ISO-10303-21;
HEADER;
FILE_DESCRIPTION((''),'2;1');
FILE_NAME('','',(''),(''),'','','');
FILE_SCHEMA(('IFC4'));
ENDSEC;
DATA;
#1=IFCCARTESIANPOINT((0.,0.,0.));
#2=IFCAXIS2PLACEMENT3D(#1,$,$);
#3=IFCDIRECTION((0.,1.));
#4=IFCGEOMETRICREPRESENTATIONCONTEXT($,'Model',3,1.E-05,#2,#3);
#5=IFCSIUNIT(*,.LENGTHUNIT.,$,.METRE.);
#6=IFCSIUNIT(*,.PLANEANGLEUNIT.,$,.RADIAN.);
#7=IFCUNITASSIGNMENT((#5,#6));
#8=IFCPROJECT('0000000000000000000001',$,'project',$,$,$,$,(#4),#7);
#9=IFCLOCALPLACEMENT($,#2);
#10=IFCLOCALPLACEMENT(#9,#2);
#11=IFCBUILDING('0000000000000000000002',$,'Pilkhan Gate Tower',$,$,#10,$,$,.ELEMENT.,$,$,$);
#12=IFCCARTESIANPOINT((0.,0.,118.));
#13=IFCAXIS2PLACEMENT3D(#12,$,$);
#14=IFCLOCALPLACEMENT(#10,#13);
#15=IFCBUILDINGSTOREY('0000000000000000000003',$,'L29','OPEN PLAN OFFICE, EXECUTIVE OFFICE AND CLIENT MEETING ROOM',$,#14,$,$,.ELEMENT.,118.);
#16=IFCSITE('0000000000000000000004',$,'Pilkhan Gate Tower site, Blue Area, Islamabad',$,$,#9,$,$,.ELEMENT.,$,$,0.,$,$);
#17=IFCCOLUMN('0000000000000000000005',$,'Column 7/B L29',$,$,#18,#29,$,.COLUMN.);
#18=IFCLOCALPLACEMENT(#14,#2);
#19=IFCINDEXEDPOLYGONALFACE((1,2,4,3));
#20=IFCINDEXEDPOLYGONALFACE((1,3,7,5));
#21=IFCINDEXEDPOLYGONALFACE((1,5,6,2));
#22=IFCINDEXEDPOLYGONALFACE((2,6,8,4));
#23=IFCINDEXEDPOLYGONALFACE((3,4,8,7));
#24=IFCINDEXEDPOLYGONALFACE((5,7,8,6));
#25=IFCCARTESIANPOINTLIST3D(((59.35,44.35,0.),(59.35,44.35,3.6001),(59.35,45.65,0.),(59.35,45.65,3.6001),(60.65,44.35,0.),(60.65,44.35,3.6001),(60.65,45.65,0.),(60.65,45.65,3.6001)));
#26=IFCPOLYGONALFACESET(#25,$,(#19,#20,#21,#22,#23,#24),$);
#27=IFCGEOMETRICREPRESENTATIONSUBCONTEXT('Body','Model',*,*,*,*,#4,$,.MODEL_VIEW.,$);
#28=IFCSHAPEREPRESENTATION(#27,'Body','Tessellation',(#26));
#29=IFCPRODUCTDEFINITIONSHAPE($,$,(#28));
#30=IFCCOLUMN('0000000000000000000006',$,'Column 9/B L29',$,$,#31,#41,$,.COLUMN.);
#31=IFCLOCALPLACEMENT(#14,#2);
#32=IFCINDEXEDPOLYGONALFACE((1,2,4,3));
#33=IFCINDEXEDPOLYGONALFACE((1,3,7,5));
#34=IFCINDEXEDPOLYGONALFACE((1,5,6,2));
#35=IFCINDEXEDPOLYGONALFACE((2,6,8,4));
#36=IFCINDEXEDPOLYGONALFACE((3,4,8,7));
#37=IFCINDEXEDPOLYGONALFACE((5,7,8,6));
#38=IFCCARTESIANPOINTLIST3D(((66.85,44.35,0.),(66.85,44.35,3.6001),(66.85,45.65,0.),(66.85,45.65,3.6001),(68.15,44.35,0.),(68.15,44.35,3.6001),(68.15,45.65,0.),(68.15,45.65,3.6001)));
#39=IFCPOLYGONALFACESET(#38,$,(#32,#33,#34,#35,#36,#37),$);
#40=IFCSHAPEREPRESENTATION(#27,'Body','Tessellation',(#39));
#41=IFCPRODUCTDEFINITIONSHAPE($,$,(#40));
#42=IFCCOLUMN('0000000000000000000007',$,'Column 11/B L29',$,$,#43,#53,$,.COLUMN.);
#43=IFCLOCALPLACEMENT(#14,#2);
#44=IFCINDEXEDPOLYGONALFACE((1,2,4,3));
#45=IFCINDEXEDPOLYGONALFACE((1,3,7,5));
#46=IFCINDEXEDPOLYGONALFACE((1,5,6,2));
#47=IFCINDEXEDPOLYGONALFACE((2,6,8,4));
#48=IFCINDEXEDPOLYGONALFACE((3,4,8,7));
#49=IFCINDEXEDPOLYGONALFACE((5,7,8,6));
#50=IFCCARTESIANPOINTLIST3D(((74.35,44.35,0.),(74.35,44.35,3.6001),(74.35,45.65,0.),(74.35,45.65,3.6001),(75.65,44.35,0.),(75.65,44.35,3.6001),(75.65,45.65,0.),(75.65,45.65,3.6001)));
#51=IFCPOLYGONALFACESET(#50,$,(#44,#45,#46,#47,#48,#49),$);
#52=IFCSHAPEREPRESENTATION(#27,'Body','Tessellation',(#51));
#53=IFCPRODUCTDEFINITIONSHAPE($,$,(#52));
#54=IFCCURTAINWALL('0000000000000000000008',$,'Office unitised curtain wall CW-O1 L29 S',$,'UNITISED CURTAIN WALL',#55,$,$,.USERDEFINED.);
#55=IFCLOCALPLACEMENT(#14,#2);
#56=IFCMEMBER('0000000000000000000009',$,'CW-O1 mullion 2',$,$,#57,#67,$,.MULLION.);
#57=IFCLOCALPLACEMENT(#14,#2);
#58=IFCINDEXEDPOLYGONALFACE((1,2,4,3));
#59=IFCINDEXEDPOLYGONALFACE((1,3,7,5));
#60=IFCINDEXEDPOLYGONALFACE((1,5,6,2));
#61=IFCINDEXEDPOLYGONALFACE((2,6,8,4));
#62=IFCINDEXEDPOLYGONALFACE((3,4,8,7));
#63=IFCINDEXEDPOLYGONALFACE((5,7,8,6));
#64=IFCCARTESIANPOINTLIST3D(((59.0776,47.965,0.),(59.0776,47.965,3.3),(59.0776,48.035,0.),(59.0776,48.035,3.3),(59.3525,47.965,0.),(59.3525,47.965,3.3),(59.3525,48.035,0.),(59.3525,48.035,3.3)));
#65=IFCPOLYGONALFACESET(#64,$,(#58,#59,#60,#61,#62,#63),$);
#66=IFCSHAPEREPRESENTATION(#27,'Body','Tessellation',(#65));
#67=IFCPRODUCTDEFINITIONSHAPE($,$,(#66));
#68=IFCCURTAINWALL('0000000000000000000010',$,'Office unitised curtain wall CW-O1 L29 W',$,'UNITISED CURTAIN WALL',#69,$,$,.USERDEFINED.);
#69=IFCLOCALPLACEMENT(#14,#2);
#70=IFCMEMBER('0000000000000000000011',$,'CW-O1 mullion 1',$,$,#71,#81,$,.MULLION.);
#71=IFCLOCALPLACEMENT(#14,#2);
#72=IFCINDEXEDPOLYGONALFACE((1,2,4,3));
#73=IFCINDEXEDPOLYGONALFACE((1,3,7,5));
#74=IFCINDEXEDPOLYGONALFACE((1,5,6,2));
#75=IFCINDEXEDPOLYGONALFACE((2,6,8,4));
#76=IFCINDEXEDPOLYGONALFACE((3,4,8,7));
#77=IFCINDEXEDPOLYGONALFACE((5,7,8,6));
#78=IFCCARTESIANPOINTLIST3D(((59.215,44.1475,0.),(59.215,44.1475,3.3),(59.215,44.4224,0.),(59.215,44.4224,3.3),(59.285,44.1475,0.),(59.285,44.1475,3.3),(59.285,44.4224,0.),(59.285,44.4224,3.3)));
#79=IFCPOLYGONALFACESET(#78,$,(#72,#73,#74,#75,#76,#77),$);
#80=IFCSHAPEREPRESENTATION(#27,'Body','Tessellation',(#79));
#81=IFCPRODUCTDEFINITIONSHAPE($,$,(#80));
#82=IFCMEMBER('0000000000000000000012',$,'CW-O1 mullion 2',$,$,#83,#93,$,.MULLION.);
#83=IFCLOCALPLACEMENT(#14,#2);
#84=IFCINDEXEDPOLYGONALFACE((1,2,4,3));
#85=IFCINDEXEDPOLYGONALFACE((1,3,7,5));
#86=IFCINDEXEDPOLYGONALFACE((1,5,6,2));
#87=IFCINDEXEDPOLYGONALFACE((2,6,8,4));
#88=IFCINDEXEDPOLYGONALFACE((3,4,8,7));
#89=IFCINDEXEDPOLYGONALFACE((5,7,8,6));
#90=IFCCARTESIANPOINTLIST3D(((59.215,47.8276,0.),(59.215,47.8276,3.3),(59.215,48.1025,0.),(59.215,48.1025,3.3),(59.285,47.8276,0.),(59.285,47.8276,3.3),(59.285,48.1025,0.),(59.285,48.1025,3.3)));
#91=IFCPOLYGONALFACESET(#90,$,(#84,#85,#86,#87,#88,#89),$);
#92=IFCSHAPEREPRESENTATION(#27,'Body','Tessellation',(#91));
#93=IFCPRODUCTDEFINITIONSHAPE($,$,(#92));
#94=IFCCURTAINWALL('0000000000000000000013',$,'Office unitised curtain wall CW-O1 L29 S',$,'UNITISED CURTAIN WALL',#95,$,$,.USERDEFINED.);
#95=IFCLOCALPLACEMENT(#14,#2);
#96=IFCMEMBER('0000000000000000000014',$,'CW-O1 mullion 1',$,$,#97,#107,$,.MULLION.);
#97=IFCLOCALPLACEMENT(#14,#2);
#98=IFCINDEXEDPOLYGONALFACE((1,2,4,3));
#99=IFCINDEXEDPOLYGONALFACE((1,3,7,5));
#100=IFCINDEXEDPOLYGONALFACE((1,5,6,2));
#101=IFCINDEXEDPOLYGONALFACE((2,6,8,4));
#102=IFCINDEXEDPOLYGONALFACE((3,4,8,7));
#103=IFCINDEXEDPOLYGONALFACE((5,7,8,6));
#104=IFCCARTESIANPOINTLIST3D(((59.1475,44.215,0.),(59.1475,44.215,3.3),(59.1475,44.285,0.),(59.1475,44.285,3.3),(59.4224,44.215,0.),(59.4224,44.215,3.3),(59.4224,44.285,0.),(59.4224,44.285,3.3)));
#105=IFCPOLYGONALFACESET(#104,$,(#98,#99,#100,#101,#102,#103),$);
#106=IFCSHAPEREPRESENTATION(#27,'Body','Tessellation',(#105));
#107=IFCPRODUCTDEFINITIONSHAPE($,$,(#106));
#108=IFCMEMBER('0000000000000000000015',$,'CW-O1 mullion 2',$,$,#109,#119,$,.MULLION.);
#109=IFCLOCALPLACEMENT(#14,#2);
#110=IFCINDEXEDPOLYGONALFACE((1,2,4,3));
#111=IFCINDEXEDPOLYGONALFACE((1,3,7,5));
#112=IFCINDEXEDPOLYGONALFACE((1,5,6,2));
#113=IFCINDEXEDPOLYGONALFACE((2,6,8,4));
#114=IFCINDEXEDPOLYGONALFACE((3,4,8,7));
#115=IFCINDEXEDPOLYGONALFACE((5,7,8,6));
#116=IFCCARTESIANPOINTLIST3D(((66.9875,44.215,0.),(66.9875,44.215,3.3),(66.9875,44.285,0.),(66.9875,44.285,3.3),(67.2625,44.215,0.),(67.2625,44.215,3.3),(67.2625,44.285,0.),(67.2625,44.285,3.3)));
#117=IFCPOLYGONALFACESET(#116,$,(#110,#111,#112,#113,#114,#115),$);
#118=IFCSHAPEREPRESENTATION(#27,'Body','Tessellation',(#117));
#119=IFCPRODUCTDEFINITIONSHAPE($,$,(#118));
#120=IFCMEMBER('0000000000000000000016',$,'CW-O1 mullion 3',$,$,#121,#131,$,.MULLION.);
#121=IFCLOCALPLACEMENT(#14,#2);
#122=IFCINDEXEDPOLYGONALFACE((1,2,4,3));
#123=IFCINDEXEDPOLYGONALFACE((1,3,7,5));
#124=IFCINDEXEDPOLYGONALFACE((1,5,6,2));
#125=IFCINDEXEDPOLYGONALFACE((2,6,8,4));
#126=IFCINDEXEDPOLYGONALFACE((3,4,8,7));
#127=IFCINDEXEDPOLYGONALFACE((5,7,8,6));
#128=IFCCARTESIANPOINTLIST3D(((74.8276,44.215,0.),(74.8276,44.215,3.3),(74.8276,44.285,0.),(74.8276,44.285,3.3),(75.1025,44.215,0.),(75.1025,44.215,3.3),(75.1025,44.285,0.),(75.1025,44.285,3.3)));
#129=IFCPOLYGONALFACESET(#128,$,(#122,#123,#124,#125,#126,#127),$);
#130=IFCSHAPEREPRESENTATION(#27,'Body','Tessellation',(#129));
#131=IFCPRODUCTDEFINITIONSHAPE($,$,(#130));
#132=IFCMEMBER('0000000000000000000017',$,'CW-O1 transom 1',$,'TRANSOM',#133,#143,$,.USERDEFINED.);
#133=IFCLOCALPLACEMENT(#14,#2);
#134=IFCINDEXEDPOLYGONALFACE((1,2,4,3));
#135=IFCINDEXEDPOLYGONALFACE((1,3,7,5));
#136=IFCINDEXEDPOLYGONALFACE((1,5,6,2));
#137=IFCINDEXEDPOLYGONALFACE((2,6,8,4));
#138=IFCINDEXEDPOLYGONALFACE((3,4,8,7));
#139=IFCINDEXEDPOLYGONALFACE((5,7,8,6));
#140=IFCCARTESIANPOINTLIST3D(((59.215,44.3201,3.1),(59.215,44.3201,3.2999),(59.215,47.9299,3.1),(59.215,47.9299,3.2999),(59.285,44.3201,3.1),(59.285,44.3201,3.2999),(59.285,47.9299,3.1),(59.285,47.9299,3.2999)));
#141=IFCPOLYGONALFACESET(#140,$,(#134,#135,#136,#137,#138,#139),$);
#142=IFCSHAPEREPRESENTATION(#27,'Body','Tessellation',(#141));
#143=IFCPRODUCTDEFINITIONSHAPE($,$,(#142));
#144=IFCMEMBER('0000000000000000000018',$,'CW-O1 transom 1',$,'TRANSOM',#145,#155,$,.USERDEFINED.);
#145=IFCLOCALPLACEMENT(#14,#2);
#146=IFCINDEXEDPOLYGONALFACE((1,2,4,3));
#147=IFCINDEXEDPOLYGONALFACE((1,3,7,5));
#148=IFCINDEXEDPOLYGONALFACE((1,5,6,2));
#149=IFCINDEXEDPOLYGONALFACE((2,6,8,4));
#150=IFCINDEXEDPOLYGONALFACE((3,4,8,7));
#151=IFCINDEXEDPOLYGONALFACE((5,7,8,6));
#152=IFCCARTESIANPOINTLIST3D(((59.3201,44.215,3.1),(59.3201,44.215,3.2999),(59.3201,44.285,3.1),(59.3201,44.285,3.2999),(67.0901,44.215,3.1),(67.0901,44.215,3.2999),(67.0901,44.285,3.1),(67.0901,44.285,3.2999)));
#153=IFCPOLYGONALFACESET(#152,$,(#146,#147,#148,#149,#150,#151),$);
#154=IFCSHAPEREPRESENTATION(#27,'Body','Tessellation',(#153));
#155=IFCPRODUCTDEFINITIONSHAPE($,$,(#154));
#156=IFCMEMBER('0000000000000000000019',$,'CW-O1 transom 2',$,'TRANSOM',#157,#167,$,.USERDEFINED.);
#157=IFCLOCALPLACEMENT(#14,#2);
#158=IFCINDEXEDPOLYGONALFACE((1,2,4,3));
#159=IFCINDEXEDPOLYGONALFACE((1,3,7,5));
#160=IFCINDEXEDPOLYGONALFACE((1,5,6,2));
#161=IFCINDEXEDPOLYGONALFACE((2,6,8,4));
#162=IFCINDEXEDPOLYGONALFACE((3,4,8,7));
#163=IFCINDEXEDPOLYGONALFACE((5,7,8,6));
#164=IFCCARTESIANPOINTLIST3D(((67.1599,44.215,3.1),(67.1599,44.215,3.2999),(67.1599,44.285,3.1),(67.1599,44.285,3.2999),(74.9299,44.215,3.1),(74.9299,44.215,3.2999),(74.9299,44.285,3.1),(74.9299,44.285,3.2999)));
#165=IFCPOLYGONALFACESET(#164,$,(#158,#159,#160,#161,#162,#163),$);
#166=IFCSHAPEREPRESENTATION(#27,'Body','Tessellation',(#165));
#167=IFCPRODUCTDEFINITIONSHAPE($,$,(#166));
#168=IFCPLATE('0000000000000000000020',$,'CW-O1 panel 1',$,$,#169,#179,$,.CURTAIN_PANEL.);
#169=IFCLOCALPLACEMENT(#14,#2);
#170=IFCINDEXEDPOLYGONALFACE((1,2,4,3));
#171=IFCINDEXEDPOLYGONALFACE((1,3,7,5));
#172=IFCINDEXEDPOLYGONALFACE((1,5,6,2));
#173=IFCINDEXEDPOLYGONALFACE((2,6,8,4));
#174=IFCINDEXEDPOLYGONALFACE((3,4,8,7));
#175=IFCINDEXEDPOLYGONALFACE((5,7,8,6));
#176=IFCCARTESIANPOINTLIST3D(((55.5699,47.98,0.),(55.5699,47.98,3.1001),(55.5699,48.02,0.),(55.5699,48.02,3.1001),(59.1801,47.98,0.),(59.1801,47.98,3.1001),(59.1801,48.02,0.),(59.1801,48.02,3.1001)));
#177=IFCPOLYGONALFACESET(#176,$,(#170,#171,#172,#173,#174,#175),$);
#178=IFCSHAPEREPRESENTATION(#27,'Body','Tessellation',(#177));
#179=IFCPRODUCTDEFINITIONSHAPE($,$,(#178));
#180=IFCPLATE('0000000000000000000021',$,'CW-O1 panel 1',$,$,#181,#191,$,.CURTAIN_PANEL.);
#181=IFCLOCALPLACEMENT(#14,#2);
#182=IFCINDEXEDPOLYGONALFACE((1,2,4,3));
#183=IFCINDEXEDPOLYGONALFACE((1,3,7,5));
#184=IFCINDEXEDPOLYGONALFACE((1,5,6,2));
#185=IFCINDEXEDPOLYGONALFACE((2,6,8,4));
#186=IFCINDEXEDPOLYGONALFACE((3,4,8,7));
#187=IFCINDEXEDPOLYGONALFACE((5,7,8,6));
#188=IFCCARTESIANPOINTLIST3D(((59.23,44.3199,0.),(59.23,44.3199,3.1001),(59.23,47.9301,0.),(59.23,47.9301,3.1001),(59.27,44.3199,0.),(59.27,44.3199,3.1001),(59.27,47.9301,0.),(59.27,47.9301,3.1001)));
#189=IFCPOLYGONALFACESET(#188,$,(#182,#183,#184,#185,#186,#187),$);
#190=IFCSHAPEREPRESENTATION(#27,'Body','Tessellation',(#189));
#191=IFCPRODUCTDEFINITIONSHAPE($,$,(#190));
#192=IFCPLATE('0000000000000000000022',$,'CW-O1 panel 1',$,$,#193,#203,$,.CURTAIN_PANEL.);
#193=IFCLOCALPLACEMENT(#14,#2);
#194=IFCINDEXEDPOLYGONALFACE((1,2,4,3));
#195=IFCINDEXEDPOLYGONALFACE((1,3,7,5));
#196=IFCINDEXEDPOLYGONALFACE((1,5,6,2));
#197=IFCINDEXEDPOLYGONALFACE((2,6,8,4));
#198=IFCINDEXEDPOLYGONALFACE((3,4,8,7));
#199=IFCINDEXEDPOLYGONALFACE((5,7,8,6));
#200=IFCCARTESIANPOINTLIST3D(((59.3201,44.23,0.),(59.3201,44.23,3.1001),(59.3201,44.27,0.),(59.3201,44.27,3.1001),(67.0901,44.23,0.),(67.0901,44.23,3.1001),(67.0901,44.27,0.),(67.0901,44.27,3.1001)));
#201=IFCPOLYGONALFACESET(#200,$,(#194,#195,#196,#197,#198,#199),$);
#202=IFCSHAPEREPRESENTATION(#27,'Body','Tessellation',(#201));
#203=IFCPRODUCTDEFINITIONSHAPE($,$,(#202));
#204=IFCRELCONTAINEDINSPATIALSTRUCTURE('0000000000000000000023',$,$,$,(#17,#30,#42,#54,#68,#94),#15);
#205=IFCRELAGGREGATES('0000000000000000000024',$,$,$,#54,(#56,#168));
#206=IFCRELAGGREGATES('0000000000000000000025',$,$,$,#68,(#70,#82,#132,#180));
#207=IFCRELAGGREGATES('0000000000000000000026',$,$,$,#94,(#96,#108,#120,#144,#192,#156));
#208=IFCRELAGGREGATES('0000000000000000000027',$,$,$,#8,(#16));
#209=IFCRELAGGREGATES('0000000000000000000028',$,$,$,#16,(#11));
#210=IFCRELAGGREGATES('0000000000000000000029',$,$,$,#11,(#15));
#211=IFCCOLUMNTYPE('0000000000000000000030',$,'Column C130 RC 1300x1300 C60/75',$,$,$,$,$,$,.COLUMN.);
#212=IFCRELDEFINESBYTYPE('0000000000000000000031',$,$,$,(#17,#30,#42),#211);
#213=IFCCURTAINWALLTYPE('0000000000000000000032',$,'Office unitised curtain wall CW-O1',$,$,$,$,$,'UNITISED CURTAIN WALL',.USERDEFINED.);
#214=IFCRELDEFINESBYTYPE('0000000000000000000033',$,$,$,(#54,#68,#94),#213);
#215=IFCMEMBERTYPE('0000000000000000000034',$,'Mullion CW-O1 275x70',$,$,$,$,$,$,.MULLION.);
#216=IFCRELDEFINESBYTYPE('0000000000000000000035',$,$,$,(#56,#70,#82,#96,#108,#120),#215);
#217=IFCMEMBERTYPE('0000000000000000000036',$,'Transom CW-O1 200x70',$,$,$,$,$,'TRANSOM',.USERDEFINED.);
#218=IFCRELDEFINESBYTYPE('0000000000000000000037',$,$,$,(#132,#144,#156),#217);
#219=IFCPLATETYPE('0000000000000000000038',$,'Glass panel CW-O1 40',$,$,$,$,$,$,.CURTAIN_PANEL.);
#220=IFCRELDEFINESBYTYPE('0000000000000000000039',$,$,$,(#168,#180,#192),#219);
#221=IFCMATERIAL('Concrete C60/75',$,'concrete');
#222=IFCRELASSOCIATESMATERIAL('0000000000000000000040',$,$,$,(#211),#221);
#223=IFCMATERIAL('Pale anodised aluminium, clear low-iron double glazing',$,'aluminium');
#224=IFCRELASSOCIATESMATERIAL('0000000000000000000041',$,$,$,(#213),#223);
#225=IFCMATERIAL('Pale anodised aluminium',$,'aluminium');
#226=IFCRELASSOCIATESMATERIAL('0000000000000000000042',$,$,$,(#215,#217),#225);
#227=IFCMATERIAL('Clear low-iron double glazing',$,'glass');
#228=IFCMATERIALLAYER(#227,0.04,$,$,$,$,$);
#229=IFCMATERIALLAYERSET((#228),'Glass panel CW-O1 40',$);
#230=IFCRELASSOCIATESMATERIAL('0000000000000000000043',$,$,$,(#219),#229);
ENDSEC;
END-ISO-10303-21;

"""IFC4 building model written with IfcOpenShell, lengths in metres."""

from ifc_helpers import new_model, si_unit, direction, frame, origin, origin_2d, place, context, subcontext, project, spatial, rectangle, extrude, material, layer, layer_set, material_profile, profile_set, type_object, element, aggregate, save


model = new_model("IFC4")

# Units and contexts
model_context = context("Model", 3, precision=1e-05, world=origin(), true_north=direction((0.0, 1.0)))
body_context = subcontext(model_context, "Body", "Model", "MODEL_VIEW")
ifc_project = project(units=[si_unit("LENGTHUNIT", "METRE"), si_unit("PLANEANGLEUNIT", "RADIAN")], contexts=[model_context])

# Site, building, storey
site_placement = place(None, origin())
site = spatial("IfcSite", under=ifc_project, at=site_placement, Name="Pilkhan Gate Tower site, Blue Area, Islamabad", CompositionType="ELEMENT", RefElevation=0.0)
building_placement = place(site_placement, origin())
building = spatial("IfcBuilding", under=site, at=building_placement, Name="Pilkhan Gate Tower", CompositionType="ELEMENT")
storey_placement = place(building_placement, frame((0.0, 0.0, 118.0)))
storey = spatial("IfcBuildingStorey", under=building, at=storey_placement, Name="L29", Description="OPEN PLAN OFFICE, EXECUTIVE OFFICE AND CLIENT MEETING ROOM", CompositionType="ELEMENT", Elevation=118.0)

# Columns
ifc_material_1 = material(Name="Concrete C60/75", Category="concrete")
ifc_material_profile_1 = material_profile(ifc_material_1, rectangle(XDim=1.3, YDim=1.3, at=origin_2d()), Name="RC 1300x1300")
ifc_profile_set_1 = profile_set([ifc_material_profile_1], Name="Concrete C60/75")
column_type = type_object("IfcColumnType", Name="Column C130 RC 1300x1300 C60/75", PredefinedType="COLUMN", material=ifc_profile_set_1)
for number, where, z_axis, x_axis, name in (
    (1, (60.0, 45.0, 0.0), (0.0, 0.0, 1.0), (1.0, 0.0, 0.0), "Column 7/B L29"),
    (2, (67.5, 45.0, 0.0), (0.0, 0.0, 1.0), (1.0, 0.0, 0.0), "Column 9/B L29"),
    (3, (75.0, 45.0, 0.0), (0.0, 0.0, 1.0), (1.0, 0.0, 0.0), "Column 11/B L29"),
):
    element("IfcColumn", number, at=place(storey_placement, frame(where, z_axis=z_axis, x_axis=x_axis)), inside=storey, type_object=column_type, Name=name, PredefinedType="COLUMN", context=body_context, shape_type="SweptSolid", body=[
        extrude(rectangle(XDim=1.3, YDim=1.3, at=origin_2d()), origin(), (0.0, 0.0, 1.0), 3.6001),
    ])

# Curtain wall, member
ifc_material_2 = material(Name="Pale anodised aluminium, clear low-iron double glazing", Category="aluminium")
curtain_wall_type = type_object("IfcCurtainWallType", Name="Office unitised curtain wall CW-O1", ElementType="UNITISED CURTAIN WALL", PredefinedType="USERDEFINED", material=ifc_material_2)
curtain_wall_1_placement = place(storey_placement, origin())
curtain_wall_1 = element("IfcCurtainWall", 4, at=curtain_wall_1_placement, inside=storey, type_object=curtain_wall_type, Name="Office unitised curtain wall CW-O1 L29 S", ObjectType="UNITISED CURTAIN WALL", PredefinedType="USERDEFINED")
ifc_material_3 = material(Name="Pale anodised aluminium", Category="aluminium")
ifc_material_profile_2 = material_profile(ifc_material_3, rectangle(XDim=0.0701, YDim=0.2749, at=origin_2d()), Name="Mullion 275x70")
ifc_profile_set_2 = profile_set([ifc_material_profile_2], Name="Pale anodised aluminium")
member_type_1 = type_object("IfcMemberType", Name="Mullion CW-O1 275x70", PredefinedType="MULLION", material=ifc_profile_set_2)
member_1_placement = place(storey_placement, frame((59.2151, 48.0, 0.0), z_axis=(0.0, 0.0, 1.0), x_axis=(0.0, 1.0, 0.0)))
member_1 = element("IfcMember", 5, at=member_1_placement, type_object=member_type_1, Name="CW-O1 mullion 2", PredefinedType="MULLION", context=body_context, shape_type="SweptSolid", body=[
    extrude(rectangle(XDim=0.0701, YDim=0.2749, at=origin_2d()), origin(), (0.0, 0.0, 1.0), 3.3),
])

# Curtain walls, members
curtain_wall_2_placement = place(storey_placement, origin())
curtain_wall_2 = element("IfcCurtainWall", 6, at=curtain_wall_2_placement, inside=storey, type_object=curtain_wall_type, Name="Office unitised curtain wall CW-O1 L29 W", ObjectType="UNITISED CURTAIN WALL", PredefinedType="USERDEFINED")
member_2_placement = place(storey_placement, frame((59.25, 44.2849, 0.0), z_axis=(0.0, 0.0, 1.0), x_axis=(-1.0, 0.0, 0.0)))
member_2 = element("IfcMember", 7, at=member_2_placement, type_object=member_type_1, Name="CW-O1 mullion 1", PredefinedType="MULLION", context=body_context, shape_type="SweptSolid", body=[
    extrude(rectangle(XDim=0.0701, YDim=0.2749, at=origin_2d()), origin(), (0.0, 0.0, 1.0), 3.3),
])
member_3_placement = place(storey_placement, frame((59.25, 47.9651, 0.0), z_axis=(0.0, 0.0, 1.0), x_axis=(-1.0, 0.0, 0.0)))
member_3 = element("IfcMember", 8, at=member_3_placement, type_object=member_type_1, Name="CW-O1 mullion 2", PredefinedType="MULLION", context=body_context, shape_type="SweptSolid", body=[
    extrude(rectangle(XDim=0.0701, YDim=0.2749, at=origin_2d()), origin(), (0.0, 0.0, 1.0), 3.3),
])
curtain_wall_3_placement = place(storey_placement, origin())
curtain_wall_3 = element("IfcCurtainWall", 9, at=curtain_wall_3_placement, inside=storey, type_object=curtain_wall_type, Name="Office unitised curtain wall CW-O1 L29 S", ObjectType="UNITISED CURTAIN WALL", PredefinedType="USERDEFINED")
member_4_placement = place(storey_placement, frame((59.2849, 44.25, 0.0), z_axis=(0.0, 0.0, 1.0), x_axis=(0.0, 1.0, 0.0)))
member_4 = element("IfcMember", 10, at=member_4_placement, type_object=member_type_1, Name="CW-O1 mullion 1", PredefinedType="MULLION", context=body_context, shape_type="SweptSolid", body=[
    extrude(rectangle(XDim=0.0701, YDim=0.2749, at=origin_2d()), origin(), (0.0, 0.0, 1.0), 3.3),
])
member_5_placement = place(storey_placement, frame((67.125, 44.25, 0.0), z_axis=(0.0, 0.0, 1.0), x_axis=(0.0, 1.0, 0.0)))
member_5 = element("IfcMember", 11, at=member_5_placement, type_object=member_type_1, Name="CW-O1 mullion 2", PredefinedType="MULLION", context=body_context, shape_type="SweptSolid", body=[
    extrude(rectangle(XDim=0.0701, YDim=0.2749, at=origin_2d()), origin(), (0.0, 0.0, 1.0), 3.3),
])
member_6_placement = place(storey_placement, frame((74.9651, 44.25, 0.0), z_axis=(0.0, 0.0, 1.0), x_axis=(0.0, 1.0, 0.0)))
member_6 = element("IfcMember", 12, at=member_6_placement, type_object=member_type_1, Name="CW-O1 mullion 3", PredefinedType="MULLION", context=body_context, shape_type="SweptSolid", body=[
    extrude(rectangle(XDim=0.0701, YDim=0.2749, at=origin_2d()), origin(), (0.0, 0.0, 1.0), 3.3),
])

# Members
ifc_material_profile_3 = material_profile(ifc_material_3, rectangle(XDim=0.0701, YDim=0.2, at=origin_2d()), Name="Transom 200x70")
ifc_profile_set_3 = profile_set([ifc_material_profile_3], Name="Pale anodised aluminium")
member_type_2 = type_object("IfcMemberType", Name="Transom CW-O1 200x70", ElementType="TRANSOM", PredefinedType="USERDEFINED", material=ifc_profile_set_3)
member_7_placement = place(storey_placement, frame((59.25, 44.3201, 3.2), z_axis=(0.0, 1.0, 0.0), x_axis=(-1.0, 0.0, 0.0)))
member_7 = element("IfcMember", 13, at=member_7_placement, type_object=member_type_2, Name="CW-O1 transom 1", ObjectType="TRANSOM", PredefinedType="USERDEFINED", context=body_context, shape_type="SweptSolid", body=[
    extrude(rectangle(XDim=0.0701, YDim=0.2, at=origin_2d()), origin(), (0.0, 0.0, 1.0), 3.6099),
])
member_8_placement = place(storey_placement, frame((59.3201, 44.25, 3.2), z_axis=(1.0, 0.0, 0.0), x_axis=(0.0, 1.0, 0.0)))
member_8 = element("IfcMember", 14, at=member_8_placement, type_object=member_type_2, Name="CW-O1 transom 1", ObjectType="TRANSOM", PredefinedType="USERDEFINED", context=body_context, shape_type="SweptSolid", body=[
    extrude(rectangle(XDim=0.0701, YDim=0.2, at=origin_2d()), origin(), (0.0, 0.0, 1.0), 7.77),
])
member_9_placement = place(storey_placement, frame((67.1599, 44.25, 3.2), z_axis=(1.0, 0.0, 0.0), x_axis=(0.0, 1.0, 0.0)))
member_9 = element("IfcMember", 15, at=member_9_placement, type_object=member_type_2, Name="CW-O1 transom 2", ObjectType="TRANSOM", PredefinedType="USERDEFINED", context=body_context, shape_type="SweptSolid", body=[
    extrude(rectangle(XDim=0.0701, YDim=0.2, at=origin_2d()), origin(), (0.0, 0.0, 1.0), 7.77),
])

# Plates
ifc_material_4 = material(Name="Clear low-iron double glazing", Category="glass")
ifc_layer_1 = layer(ifc_material_4, 0.04)
ifc_layer_set_1 = layer_set([ifc_layer_1], Name="Glass panel CW-O1 40")
plate_type = type_object("IfcPlateType", Name="Glass panel CW-O1 40", PredefinedType="CURTAIN_PANEL", material=ifc_layer_set_1)
plate_1_placement = place(storey_placement, frame((57.375, 48.0, 0.0), z_axis=(0.0, 0.0, 1.0), x_axis=(1.0, 0.0, 0.0)))
plate_1 = element("IfcPlate", 16, at=plate_1_placement, type_object=plate_type, Name="CW-O1 panel 1", PredefinedType="CURTAIN_PANEL", context=body_context, shape_type="SweptSolid", body=[
    extrude(rectangle(XDim=3.6101, YDim=0.04, at=origin_2d()), origin(), (0.0, 0.0, 1.0), 3.1001),
])
aggregate(curtain_wall_1, [member_1, plate_1])
plate_2_placement = place(storey_placement, frame((59.25, 46.125, 0.0), z_axis=(0.0, 0.0, 1.0), x_axis=(0.0, 1.0, 0.0)))
plate_2 = element("IfcPlate", 17, at=plate_2_placement, type_object=plate_type, Name="CW-O1 panel 1", PredefinedType="CURTAIN_PANEL", context=body_context, shape_type="SweptSolid", body=[
    extrude(rectangle(XDim=3.6101, YDim=0.04, at=origin_2d()), origin(), (0.0, 0.0, 1.0), 3.1001),
])
aggregate(curtain_wall_2, [member_2, member_3, member_7, plate_2])
plate_3_placement = place(storey_placement, frame((63.2051, 44.25, 0.0), z_axis=(0.0, 0.0, 1.0), x_axis=(1.0, 0.0, 0.0)))
plate_3 = element("IfcPlate", 18, at=plate_3_placement, type_object=plate_type, Name="CW-O1 panel 1", PredefinedType="CURTAIN_PANEL", context=body_context, shape_type="SweptSolid", body=[
    extrude(rectangle(XDim=7.77, YDim=0.04, at=origin_2d()), origin(), (0.0, 0.0, 1.0), 3.1001),
])
aggregate(curtain_wall_3, [member_4, member_5, member_6, member_8, plate_3, member_9])

save(model, "model.ifc")
